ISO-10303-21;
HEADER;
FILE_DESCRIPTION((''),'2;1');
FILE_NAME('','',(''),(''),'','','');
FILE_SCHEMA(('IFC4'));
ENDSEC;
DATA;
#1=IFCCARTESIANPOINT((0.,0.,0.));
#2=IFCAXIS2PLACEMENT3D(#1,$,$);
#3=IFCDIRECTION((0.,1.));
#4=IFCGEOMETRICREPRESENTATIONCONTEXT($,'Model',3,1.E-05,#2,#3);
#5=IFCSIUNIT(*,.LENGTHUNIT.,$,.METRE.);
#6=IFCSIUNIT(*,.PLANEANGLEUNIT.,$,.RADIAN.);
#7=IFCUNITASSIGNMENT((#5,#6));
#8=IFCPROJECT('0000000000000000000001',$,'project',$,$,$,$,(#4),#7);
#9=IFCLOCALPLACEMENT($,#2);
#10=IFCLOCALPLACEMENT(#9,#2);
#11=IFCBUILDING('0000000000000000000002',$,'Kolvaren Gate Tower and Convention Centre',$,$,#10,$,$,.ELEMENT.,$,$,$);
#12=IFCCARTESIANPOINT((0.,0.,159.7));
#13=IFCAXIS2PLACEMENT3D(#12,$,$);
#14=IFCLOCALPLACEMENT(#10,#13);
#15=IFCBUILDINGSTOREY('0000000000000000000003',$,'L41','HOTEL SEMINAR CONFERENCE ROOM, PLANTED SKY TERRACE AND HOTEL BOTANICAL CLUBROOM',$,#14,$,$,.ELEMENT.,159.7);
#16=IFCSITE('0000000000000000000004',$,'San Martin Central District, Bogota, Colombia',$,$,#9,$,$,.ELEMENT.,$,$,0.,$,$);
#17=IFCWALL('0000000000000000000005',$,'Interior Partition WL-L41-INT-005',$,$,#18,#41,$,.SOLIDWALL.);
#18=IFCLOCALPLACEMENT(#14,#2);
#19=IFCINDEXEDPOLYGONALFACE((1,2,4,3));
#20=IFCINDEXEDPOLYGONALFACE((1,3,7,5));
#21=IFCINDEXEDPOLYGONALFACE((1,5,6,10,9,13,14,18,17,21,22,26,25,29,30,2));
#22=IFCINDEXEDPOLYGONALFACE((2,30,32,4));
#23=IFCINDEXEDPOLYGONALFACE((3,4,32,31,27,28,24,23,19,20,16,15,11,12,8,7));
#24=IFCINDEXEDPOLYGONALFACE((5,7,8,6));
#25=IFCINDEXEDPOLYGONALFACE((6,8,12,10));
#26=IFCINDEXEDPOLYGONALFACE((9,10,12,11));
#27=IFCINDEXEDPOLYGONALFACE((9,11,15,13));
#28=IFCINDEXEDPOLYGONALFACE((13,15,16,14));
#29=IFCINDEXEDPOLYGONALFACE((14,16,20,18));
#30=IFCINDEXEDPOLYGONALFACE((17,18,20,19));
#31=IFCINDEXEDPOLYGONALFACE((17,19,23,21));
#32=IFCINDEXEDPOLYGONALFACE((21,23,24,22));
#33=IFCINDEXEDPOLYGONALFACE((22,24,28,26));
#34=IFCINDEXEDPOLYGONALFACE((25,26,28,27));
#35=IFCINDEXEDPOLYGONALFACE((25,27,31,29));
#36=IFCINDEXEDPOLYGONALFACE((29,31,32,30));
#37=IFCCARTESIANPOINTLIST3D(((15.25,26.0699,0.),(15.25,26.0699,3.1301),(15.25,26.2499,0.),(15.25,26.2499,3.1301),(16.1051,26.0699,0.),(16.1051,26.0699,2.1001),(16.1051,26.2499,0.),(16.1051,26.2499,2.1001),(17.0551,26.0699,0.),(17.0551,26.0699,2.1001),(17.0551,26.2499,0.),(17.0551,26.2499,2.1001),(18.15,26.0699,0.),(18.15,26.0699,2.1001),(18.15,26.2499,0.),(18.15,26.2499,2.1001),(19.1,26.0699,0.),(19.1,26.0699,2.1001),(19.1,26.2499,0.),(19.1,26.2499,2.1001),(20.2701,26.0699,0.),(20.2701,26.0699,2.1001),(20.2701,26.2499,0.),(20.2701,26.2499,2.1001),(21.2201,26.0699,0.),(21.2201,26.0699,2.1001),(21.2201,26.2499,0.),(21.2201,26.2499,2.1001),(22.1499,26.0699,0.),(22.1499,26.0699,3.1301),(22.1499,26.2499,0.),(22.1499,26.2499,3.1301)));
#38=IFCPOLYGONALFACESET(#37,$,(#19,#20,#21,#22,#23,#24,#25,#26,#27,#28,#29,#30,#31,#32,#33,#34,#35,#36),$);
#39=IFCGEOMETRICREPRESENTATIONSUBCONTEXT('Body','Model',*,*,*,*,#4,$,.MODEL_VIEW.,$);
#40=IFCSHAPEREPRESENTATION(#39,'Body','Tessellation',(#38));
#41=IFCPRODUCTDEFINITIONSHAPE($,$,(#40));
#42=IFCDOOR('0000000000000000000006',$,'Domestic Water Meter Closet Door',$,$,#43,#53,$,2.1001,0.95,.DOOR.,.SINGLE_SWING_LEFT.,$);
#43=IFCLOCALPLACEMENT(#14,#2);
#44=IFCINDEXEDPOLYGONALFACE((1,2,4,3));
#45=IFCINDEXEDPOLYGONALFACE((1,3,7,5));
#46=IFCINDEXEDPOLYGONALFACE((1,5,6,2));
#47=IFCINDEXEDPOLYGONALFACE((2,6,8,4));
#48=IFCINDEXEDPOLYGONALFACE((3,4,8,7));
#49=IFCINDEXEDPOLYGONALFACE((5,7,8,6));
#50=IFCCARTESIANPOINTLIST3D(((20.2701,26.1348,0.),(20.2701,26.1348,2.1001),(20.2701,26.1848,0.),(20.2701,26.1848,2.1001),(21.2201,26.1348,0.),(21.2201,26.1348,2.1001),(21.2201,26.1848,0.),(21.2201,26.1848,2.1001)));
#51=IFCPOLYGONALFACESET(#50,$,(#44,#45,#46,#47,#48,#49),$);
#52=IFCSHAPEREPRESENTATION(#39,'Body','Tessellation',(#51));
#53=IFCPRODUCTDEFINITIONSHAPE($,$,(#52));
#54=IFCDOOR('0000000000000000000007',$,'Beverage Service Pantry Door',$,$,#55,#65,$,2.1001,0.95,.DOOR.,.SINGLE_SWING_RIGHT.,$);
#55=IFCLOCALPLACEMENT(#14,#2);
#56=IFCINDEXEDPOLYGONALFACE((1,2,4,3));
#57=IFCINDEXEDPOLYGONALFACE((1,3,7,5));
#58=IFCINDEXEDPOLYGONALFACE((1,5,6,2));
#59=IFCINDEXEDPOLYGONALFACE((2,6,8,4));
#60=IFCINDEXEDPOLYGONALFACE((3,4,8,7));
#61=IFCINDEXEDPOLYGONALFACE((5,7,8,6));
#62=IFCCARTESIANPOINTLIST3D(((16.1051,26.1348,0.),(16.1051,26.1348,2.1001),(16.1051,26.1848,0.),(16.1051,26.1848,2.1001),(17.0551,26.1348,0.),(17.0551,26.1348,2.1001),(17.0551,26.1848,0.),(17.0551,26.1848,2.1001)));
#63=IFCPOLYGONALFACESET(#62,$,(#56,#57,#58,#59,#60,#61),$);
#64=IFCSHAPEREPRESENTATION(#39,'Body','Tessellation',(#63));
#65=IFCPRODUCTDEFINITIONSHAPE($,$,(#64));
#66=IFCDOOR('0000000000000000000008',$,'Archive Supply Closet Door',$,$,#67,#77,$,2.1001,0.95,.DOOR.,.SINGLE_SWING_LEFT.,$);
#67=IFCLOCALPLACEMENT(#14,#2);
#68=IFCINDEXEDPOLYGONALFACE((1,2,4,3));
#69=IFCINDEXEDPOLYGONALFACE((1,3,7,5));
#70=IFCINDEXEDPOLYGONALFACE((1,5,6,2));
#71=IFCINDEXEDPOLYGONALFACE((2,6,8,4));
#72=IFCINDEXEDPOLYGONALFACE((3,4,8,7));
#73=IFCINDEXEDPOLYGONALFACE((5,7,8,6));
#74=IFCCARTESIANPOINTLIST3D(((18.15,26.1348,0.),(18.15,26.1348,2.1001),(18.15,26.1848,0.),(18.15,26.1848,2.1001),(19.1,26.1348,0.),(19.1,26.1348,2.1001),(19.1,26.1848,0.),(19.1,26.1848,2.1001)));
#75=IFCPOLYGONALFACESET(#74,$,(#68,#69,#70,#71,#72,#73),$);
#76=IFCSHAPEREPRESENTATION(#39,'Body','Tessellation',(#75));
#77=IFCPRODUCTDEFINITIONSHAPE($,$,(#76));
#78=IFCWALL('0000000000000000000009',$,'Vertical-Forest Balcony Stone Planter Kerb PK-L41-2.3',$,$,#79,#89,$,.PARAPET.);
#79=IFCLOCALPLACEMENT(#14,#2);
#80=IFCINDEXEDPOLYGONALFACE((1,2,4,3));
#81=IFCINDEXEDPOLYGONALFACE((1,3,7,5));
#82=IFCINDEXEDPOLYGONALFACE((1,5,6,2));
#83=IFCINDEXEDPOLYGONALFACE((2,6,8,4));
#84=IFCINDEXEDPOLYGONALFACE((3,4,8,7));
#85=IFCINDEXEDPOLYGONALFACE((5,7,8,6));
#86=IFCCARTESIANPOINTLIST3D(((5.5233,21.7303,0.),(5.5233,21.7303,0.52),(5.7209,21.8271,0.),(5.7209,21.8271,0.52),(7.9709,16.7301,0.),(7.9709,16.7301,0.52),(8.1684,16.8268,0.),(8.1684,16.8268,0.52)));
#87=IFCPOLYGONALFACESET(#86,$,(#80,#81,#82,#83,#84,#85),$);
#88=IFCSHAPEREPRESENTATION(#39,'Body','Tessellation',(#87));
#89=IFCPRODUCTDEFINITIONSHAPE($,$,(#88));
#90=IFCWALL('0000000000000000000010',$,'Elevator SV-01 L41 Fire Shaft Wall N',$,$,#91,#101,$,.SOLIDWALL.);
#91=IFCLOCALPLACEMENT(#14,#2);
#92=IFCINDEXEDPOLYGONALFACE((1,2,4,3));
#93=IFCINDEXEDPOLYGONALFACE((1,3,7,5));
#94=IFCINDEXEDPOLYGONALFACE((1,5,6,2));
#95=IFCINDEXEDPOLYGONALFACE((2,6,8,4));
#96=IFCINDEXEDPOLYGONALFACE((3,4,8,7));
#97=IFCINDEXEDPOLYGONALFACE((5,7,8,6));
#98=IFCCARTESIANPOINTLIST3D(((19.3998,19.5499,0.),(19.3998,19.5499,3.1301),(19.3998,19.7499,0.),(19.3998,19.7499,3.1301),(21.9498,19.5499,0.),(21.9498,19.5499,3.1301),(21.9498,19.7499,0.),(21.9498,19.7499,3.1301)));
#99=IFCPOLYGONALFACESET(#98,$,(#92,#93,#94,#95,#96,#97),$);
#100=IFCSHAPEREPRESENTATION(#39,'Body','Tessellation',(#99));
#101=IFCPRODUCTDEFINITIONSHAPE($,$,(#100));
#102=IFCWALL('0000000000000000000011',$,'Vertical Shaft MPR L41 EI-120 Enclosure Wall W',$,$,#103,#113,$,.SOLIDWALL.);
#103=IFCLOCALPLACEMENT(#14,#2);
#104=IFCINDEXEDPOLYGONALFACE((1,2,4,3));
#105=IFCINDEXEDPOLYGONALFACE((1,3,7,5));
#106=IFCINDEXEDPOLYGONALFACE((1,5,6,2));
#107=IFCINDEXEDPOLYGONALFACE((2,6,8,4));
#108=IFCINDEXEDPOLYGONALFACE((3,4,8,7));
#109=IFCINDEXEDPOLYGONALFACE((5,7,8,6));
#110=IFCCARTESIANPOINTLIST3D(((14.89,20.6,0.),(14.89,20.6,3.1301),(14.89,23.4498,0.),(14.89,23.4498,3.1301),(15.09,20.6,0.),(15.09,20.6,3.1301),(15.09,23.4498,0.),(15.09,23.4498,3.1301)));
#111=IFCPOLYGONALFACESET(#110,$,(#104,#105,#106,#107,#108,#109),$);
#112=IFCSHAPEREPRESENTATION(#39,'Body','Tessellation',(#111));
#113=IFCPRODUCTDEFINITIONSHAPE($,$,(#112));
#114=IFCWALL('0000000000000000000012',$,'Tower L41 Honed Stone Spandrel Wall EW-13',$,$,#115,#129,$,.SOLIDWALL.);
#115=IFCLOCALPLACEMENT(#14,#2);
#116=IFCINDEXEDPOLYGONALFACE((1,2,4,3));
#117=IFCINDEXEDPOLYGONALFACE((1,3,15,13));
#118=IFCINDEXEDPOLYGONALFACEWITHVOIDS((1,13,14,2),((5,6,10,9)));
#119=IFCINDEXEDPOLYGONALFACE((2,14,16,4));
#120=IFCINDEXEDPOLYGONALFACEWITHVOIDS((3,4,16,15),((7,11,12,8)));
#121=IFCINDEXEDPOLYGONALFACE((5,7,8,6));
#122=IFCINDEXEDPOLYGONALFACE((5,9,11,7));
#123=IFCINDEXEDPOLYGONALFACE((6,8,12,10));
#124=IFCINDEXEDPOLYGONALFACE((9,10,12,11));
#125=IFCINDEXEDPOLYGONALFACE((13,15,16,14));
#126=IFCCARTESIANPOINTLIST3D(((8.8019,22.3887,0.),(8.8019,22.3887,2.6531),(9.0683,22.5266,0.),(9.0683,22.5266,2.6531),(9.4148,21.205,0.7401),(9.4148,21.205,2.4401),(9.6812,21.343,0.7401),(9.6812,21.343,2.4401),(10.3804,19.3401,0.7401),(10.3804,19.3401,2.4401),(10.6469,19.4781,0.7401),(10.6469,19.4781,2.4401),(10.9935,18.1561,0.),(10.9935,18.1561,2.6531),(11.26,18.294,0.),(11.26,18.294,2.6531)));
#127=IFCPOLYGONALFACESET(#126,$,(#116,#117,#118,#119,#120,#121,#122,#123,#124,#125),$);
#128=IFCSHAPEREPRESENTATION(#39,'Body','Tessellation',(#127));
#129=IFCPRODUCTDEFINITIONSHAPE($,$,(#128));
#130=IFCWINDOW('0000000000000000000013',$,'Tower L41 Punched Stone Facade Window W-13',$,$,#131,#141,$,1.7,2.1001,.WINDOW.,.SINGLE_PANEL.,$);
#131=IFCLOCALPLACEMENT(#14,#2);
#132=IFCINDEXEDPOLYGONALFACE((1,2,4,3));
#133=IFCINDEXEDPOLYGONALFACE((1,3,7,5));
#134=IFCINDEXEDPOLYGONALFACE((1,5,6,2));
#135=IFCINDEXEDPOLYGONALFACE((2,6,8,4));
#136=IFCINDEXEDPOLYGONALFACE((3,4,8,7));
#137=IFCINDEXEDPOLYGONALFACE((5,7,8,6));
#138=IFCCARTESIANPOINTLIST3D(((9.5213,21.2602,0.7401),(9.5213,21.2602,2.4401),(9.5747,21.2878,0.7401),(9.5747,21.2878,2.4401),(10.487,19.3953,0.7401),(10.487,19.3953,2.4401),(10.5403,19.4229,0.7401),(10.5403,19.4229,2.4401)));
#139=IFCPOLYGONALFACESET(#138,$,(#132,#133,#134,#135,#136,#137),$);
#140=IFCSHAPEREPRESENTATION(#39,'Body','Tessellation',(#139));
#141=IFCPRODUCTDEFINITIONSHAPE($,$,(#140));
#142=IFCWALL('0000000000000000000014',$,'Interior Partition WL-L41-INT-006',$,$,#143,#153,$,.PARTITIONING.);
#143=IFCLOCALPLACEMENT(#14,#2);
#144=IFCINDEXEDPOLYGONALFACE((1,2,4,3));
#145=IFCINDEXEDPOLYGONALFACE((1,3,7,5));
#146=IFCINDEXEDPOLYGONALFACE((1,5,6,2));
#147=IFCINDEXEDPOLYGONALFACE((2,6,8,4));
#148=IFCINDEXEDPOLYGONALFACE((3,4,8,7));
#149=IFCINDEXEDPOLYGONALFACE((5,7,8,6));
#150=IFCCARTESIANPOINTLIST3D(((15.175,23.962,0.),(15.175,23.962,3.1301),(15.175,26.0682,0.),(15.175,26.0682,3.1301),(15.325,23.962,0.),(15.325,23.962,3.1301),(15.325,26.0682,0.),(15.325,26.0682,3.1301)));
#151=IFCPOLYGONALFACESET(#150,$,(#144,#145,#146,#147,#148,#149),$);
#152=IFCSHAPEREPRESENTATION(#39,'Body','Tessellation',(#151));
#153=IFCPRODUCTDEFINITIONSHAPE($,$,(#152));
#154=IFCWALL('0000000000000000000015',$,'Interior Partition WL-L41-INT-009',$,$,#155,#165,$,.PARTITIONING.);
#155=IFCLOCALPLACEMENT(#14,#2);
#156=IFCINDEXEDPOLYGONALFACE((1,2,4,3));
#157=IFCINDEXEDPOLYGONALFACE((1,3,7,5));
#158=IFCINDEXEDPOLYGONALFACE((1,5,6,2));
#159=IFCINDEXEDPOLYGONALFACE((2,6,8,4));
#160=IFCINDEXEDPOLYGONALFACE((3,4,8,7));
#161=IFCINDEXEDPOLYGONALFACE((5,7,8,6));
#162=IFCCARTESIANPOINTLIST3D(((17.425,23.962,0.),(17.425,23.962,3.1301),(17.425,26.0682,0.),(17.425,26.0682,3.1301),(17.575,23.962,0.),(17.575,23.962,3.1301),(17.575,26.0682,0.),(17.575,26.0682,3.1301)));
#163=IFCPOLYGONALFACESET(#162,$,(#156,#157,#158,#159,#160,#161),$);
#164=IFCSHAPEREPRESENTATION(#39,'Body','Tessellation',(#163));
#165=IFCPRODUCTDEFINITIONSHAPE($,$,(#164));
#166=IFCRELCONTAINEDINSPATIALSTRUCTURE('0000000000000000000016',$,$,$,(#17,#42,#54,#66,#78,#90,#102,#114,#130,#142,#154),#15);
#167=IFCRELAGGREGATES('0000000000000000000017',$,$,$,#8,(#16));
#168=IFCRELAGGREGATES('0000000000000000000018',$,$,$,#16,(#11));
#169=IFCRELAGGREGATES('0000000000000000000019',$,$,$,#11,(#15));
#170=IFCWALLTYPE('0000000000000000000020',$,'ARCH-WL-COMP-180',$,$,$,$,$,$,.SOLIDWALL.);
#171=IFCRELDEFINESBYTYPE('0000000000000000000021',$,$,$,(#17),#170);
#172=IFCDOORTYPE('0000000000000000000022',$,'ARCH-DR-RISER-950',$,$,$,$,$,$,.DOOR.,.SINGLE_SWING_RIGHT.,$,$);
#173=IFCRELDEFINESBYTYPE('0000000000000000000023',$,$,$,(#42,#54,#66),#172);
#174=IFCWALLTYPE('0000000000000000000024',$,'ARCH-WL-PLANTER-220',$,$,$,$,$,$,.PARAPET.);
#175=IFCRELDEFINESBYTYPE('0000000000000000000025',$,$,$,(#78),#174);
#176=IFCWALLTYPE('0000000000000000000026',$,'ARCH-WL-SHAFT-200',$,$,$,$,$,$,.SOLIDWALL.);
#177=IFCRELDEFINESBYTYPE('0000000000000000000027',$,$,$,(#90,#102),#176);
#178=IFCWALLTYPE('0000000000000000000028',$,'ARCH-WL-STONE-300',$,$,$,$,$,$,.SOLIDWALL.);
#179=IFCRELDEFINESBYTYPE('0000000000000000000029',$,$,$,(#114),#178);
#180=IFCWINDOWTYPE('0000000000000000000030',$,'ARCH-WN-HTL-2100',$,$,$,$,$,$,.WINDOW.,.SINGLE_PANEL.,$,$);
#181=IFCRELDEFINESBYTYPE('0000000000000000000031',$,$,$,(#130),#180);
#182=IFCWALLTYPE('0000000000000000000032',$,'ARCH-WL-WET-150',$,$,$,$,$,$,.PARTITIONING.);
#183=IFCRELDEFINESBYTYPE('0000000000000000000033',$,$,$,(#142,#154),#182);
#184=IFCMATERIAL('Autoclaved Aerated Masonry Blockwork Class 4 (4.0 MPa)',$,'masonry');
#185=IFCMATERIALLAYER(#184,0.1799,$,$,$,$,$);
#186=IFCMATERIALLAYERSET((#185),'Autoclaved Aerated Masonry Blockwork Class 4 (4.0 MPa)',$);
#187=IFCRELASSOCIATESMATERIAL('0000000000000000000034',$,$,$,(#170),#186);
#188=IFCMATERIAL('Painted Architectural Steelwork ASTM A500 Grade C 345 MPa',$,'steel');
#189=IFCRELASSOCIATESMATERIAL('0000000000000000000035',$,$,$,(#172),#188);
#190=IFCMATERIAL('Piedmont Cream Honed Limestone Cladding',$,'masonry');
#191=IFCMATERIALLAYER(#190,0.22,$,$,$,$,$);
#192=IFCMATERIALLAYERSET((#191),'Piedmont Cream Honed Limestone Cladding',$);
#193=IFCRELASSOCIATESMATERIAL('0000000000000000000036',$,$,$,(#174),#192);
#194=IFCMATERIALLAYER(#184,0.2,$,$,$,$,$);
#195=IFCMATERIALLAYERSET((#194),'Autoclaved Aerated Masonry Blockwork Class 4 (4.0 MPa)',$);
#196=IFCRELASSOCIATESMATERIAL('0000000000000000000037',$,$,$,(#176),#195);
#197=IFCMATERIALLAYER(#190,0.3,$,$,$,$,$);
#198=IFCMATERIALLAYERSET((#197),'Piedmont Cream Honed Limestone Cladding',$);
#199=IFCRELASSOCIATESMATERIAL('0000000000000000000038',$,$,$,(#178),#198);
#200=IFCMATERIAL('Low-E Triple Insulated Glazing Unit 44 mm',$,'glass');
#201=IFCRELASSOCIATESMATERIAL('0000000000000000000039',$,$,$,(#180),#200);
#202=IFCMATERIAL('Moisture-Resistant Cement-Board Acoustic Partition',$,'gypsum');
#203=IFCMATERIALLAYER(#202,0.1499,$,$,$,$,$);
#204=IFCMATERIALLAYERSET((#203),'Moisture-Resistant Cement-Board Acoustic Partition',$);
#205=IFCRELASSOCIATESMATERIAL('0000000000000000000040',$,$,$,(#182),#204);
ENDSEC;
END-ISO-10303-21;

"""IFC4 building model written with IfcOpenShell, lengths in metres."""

from ifc_helpers import new_model, si_unit, direction, frame, frame_2d, origin, place, context, subcontext, project, spatial, rectangle, extrude, material, layer, layer_set, type_object, element, fill, save


model = new_model("IFC4")

# Units and contexts
model_context = context("Model", 3, precision=1e-05, world=origin(), true_north=direction((0.0, 1.0)))
body_context = subcontext(model_context, "Body", "Model", "MODEL_VIEW")
ifc_project = project(units=[si_unit("LENGTHUNIT", "METRE"), si_unit("PLANEANGLEUNIT", "RADIAN")], contexts=[model_context])

# Site, building, storey
site_placement = place(None, origin())
site = spatial("IfcSite", under=ifc_project, at=site_placement, Name="San Martin Central District, Bogota, Colombia", CompositionType="ELEMENT", RefElevation=0.0)
building_placement = place(site_placement, origin())
building = spatial("IfcBuilding", under=site, at=building_placement, Name="Kolvaren Gate Tower and Convention Centre", CompositionType="ELEMENT")
storey_placement = place(building_placement, frame((0.0, 0.0, 159.7)))
storey = spatial("IfcBuildingStorey", under=building, at=storey_placement, Name="L41", Description="HOTEL SEMINAR CONFERENCE ROOM, PLANTED SKY TERRACE AND HOTEL BOTANICAL CLUBROOM", CompositionType="ELEMENT", Elevation=159.7)

# Wall, openings, doors
ifc_material_1 = material(Name="Autoclaved Aerated Masonry Blockwork Class 4 (4.0 MPa)", Category="masonry")
ifc_layer_1 = layer(ifc_material_1, 0.1799)
ifc_layer_set_1 = layer_set([ifc_layer_1], Name="Autoclaved Aerated Masonry Blockwork Class 4 (4.0 MPa)")
wall_type_1 = type_object("IfcWallType", Name="ARCH-WL-COMP-180", PredefinedType="SOLIDWALL", material=ifc_layer_set_1)
wall_1_placement = place(storey_placement, frame((15.25, 26.1599, 0.0), z_axis=(0.0, 0.0, 1.0), x_axis=(1.0, 0.0, 0.0)))
wall_1 = element("IfcWall", 1, at=wall_1_placement, inside=storey, type_object=wall_type_1, Name="Interior Partition WL-L41-INT-005", PredefinedType="SOLIDWALL", context=body_context, shape_type="SweptSolid", body=[
    extrude(rectangle(XDim=6.8999, YDim=0.1799, at=frame_2d((3.45, 0.0))), origin(), (0.0, 0.0, 1.0), 3.1301),
])
opening_1_placement = place(wall_1_placement, frame((5.02, 0.0, 0.0)))
opening_1 = element("IfcOpeningElement", 2, at=opening_1_placement, cuts=wall_1, PredefinedType="OPENING", context=body_context, shape_type="SweptSolid", body=[
    extrude(rectangle(XDim=0.95, YDim=2.1001, at=frame_2d((0.4751, 1.05))), frame((0.0, 0.0999, 0.0), z_axis=(0.0, -1.0, 0.0), x_axis=(1.0, 0.0, 0.0)), (0.0, 0.0, 1.0), 0.2),
])
opening_2_placement = place(wall_1_placement, frame((0.855, 0.0, 0.0)))
opening_2 = element("IfcOpeningElement", 3, at=opening_2_placement, cuts=wall_1, PredefinedType="OPENING", context=body_context, shape_type="SweptSolid", body=[
    extrude(rectangle(XDim=0.95, YDim=2.1001, at=frame_2d((0.4751, 1.05))), frame((0.0, 0.0999, 0.0), z_axis=(0.0, -1.0, 0.0), x_axis=(1.0, 0.0, 0.0)), (0.0, 0.0, 1.0), 0.2),
])
opening_3_placement = place(wall_1_placement, frame((2.8999, 0.0, 0.0)))
opening_3 = element("IfcOpeningElement", 4, at=opening_3_placement, cuts=wall_1, PredefinedType="OPENING", context=body_context, shape_type="SweptSolid", body=[
    extrude(rectangle(XDim=0.95, YDim=2.1001, at=frame_2d((0.4751, 1.05))), frame((0.0, 0.0999, 0.0), z_axis=(0.0, -1.0, 0.0), x_axis=(1.0, 0.0, 0.0)), (0.0, 0.0, 1.0), 0.2),
])
ifc_material_2 = material(Name="Painted Architectural Steelwork ASTM A500 Grade C 345 MPa", Category="steel")
door_type = type_object("IfcDoorType", Name="ARCH-DR-RISER-950", OperationType="SINGLE_SWING_RIGHT", PredefinedType="DOOR", material=ifc_material_2)
door_1_placement = place(opening_1_placement, origin())
door_1 = element("IfcDoor", 5, at=door_1_placement, inside=storey, type_object=door_type, Name="Domestic Water Meter Closet Door", OperationType="SINGLE_SWING_LEFT", OverallHeight=2.1001, OverallWidth=0.95, PredefinedType="DOOR", context=body_context, shape_type="SweptSolid", body=[
    extrude(rectangle(XDim=0.95, YDim=2.1001, at=frame_2d((0.4751, 1.05))), frame((0.0, 0.0249, 0.0), z_axis=(0.0, -1.0, 0.0), x_axis=(1.0, 0.0, 0.0)), (0.0, 0.0, 1.0), 0.05),
])
fill(opening_1, door_1)
door_2_placement = place(opening_2_placement, origin())
door_2 = element("IfcDoor", 6, at=door_2_placement, inside=storey, type_object=door_type, Name="Beverage Service Pantry Door", OperationType="SINGLE_SWING_RIGHT", OverallHeight=2.1001, OverallWidth=0.95, PredefinedType="DOOR", context=body_context, shape_type="SweptSolid", body=[
    extrude(rectangle(XDim=0.95, YDim=2.1001, at=frame_2d((0.4751, 1.05))), frame((0.0, 0.0249, 0.0), z_axis=(0.0, -1.0, 0.0), x_axis=(1.0, 0.0, 0.0)), (0.0, 0.0, 1.0), 0.05),
])
fill(opening_2, door_2)
door_3_placement = place(opening_3_placement, origin())
door_3 = element("IfcDoor", 7, at=door_3_placement, inside=storey, type_object=door_type, Name="Archive Supply Closet Door", OperationType="SINGLE_SWING_LEFT", OverallHeight=2.1001, OverallWidth=0.95, PredefinedType="DOOR", context=body_context, shape_type="SweptSolid", body=[
    extrude(rectangle(XDim=0.95, YDim=2.1001, at=frame_2d((0.4751, 1.05))), frame((0.0, 0.0249, 0.0), z_axis=(0.0, -1.0, 0.0), x_axis=(1.0, 0.0, 0.0)), (0.0, 0.0, 1.0), 0.05),
])
fill(opening_3, door_3)

# Walls
ifc_material_3 = material(Name="Piedmont Cream Honed Limestone Cladding", Category="masonry")
ifc_layer_2 = layer(ifc_material_3, 0.22)
ifc_layer_set_2 = layer_set([ifc_layer_2], Name="Piedmont Cream Honed Limestone Cladding")
wall_type_2 = type_object("IfcWallType", Name="ARCH-WL-PLANTER-220", PredefinedType="PARAPET", material=ifc_layer_set_2)
wall_2_placement = place(storey_placement, frame((5.6221, 21.7788, 0.0), z_axis=(0.0, 0.0, 1.0), x_axis=(0.439637, -0.898175, 0.0)))
element("IfcWall", 8, at=wall_2_placement, inside=storey, type_object=wall_type_2, Name="Vertical-Forest Balcony Stone Planter Kerb PK-L41-2.3", PredefinedType="PARAPET", context=body_context, shape_type="SweptSolid", body=[
    extrude(rectangle(XDim=5.5671, YDim=0.22, at=frame_2d((2.7837, 0.0))), origin(), (0.0, 0.0, 1.0), 0.52),
])
ifc_layer_3 = layer(ifc_material_1, 0.2)
ifc_layer_set_3 = layer_set([ifc_layer_3], Name="Autoclaved Aerated Masonry Blockwork Class 4 (4.0 MPa)")
wall_type_3 = type_object("IfcWallType", Name="ARCH-WL-SHAFT-200", PredefinedType="SOLIDWALL", material=ifc_layer_set_3)
wall_3_placement = place(storey_placement, frame((19.3999, 19.6499, 0.0), z_axis=(0.0, 0.0, 1.0), x_axis=(1.0, 0.0, 0.0)))
element("IfcWall", 9, at=wall_3_placement, inside=storey, type_object=wall_type_3, Name="Elevator SV-01 L41 Fire Shaft Wall N", PredefinedType="SOLIDWALL", context=body_context, shape_type="SweptSolid", body=[
    extrude(rectangle(XDim=2.55, YDim=0.2, at=frame_2d((1.2749, 0.0))), origin(), (0.0, 0.0, 1.0), 3.1301),
])
wall_4_placement = place(storey_placement, frame((14.99, 20.6001, 0.0), z_axis=(0.0, 0.0, 1.0), x_axis=(0.0, 1.0, 0.0)))
element("IfcWall", 10, at=wall_4_placement, inside=storey, type_object=wall_type_3, Name="Vertical Shaft MPR L41 EI-120 Enclosure Wall W", PredefinedType="SOLIDWALL", context=body_context, shape_type="SweptSolid", body=[
    extrude(rectangle(XDim=2.8499, YDim=0.2, at=frame_2d((1.4248, 0.0))), origin(), (0.0, 0.0, 1.0), 3.1301),
])

# Wall, opening, window
ifc_layer_4 = layer(ifc_material_3, 0.3)
ifc_layer_set_4 = layer_set([ifc_layer_4], Name="Piedmont Cream Honed Limestone Cladding")
wall_type_4 = type_object("IfcWallType", Name="ARCH-WL-STONE-300", PredefinedType="SOLIDWALL", material=ifc_layer_set_4)
wall_5_placement = place(storey_placement, frame((8.9351, 22.4578, 0.0), z_axis=(0.0, 0.0, 1.0), x_axis=(0.45981, -0.888017, 0.0)))
wall_5 = element("IfcWall", 11, at=wall_5_placement, inside=storey, type_object=wall_type_4, Name="Tower L41 Honed Stone Spandrel Wall EW-13", PredefinedType="SOLIDWALL", context=body_context, shape_type="SweptSolid", body=[
    extrude(rectangle(XDim=4.7664, YDim=0.3, at=frame_2d((2.3833, 0.0))), origin(), (0.0, 0.0, 1.0), 2.6531),
])
opening_4_placement = place(wall_5_placement, frame((1.333, 0.0, 0.74)))
opening_4 = element("IfcOpeningElement", 12, at=opening_4_placement, cuts=wall_5, PredefinedType="OPENING", context=body_context, shape_type="SweptSolid", body=[
    extrude(rectangle(XDim=2.1001, YDim=1.7, at=frame_2d((1.05, 0.8501))), frame((0.0, 0.1599, 0.0), z_axis=(0.0, -1.0, 0.0), x_axis=(1.0, 0.0, 0.0)), (0.0, 0.0, 1.0), 0.3201),
])
ifc_material_4 = material(Name="Low-E Triple Insulated Glazing Unit 44 mm", Category="glass")
window_type = type_object("IfcWindowType", Name="ARCH-WN-HTL-2100", PartitioningType="SINGLE_PANEL", PredefinedType="WINDOW", material=ifc_material_4)
window_placement = place(opening_4_placement, origin())
window = element("IfcWindow", 13, at=window_placement, inside=storey, type_object=window_type, Name="Tower L41 Punched Stone Facade Window W-13", OverallHeight=1.7, OverallWidth=2.1001, PartitioningType="SINGLE_PANEL", PredefinedType="WINDOW", context=body_context, shape_type="SweptSolid", body=[
    extrude(rectangle(XDim=2.1001, YDim=1.7, at=frame_2d((1.05, 0.8501))), frame((0.0, 0.03, 0.0), z_axis=(0.0, -1.0, 0.0), x_axis=(1.0, 0.0, 0.0)), (0.0, 0.0, 1.0), 0.0601),
])
fill(opening_4, window)

# Walls
ifc_material_5 = material(Name="Moisture-Resistant Cement-Board Acoustic Partition", Category="gypsum")
ifc_layer_5 = layer(ifc_material_5, 0.1499)
ifc_layer_set_5 = layer_set([ifc_layer_5], Name="Moisture-Resistant Cement-Board Acoustic Partition")
wall_type_5 = type_object("IfcWallType", Name="ARCH-WL-WET-150", PredefinedType="PARTITIONING", material=ifc_layer_set_5)
for number, where, z_axis, x_axis, name in (
    (14, (15.25, 23.9619, 0.0), (0.0, 0.0, 1.0), (0.0, 1.0, 0.0), "Interior Partition WL-L41-INT-006"),
    (15, (17.5, 23.9619, 0.0), (0.0, 0.0, 1.0), (0.0, 1.0, 0.0), "Interior Partition WL-L41-INT-009"),
):
    element("IfcWall", number, at=place(storey_placement, frame(where, z_axis=z_axis, x_axis=x_axis)), inside=storey, type_object=wall_type_5, Name=name, PredefinedType="PARTITIONING", context=body_context, shape_type="SweptSolid", body=[
        extrude(rectangle(XDim=2.1062, YDim=0.1499, at=frame_2d((1.0532, 0.0))), origin(), (0.0, 0.0, 1.0), 3.1301),
    ])

save(model, "model.ifc")
